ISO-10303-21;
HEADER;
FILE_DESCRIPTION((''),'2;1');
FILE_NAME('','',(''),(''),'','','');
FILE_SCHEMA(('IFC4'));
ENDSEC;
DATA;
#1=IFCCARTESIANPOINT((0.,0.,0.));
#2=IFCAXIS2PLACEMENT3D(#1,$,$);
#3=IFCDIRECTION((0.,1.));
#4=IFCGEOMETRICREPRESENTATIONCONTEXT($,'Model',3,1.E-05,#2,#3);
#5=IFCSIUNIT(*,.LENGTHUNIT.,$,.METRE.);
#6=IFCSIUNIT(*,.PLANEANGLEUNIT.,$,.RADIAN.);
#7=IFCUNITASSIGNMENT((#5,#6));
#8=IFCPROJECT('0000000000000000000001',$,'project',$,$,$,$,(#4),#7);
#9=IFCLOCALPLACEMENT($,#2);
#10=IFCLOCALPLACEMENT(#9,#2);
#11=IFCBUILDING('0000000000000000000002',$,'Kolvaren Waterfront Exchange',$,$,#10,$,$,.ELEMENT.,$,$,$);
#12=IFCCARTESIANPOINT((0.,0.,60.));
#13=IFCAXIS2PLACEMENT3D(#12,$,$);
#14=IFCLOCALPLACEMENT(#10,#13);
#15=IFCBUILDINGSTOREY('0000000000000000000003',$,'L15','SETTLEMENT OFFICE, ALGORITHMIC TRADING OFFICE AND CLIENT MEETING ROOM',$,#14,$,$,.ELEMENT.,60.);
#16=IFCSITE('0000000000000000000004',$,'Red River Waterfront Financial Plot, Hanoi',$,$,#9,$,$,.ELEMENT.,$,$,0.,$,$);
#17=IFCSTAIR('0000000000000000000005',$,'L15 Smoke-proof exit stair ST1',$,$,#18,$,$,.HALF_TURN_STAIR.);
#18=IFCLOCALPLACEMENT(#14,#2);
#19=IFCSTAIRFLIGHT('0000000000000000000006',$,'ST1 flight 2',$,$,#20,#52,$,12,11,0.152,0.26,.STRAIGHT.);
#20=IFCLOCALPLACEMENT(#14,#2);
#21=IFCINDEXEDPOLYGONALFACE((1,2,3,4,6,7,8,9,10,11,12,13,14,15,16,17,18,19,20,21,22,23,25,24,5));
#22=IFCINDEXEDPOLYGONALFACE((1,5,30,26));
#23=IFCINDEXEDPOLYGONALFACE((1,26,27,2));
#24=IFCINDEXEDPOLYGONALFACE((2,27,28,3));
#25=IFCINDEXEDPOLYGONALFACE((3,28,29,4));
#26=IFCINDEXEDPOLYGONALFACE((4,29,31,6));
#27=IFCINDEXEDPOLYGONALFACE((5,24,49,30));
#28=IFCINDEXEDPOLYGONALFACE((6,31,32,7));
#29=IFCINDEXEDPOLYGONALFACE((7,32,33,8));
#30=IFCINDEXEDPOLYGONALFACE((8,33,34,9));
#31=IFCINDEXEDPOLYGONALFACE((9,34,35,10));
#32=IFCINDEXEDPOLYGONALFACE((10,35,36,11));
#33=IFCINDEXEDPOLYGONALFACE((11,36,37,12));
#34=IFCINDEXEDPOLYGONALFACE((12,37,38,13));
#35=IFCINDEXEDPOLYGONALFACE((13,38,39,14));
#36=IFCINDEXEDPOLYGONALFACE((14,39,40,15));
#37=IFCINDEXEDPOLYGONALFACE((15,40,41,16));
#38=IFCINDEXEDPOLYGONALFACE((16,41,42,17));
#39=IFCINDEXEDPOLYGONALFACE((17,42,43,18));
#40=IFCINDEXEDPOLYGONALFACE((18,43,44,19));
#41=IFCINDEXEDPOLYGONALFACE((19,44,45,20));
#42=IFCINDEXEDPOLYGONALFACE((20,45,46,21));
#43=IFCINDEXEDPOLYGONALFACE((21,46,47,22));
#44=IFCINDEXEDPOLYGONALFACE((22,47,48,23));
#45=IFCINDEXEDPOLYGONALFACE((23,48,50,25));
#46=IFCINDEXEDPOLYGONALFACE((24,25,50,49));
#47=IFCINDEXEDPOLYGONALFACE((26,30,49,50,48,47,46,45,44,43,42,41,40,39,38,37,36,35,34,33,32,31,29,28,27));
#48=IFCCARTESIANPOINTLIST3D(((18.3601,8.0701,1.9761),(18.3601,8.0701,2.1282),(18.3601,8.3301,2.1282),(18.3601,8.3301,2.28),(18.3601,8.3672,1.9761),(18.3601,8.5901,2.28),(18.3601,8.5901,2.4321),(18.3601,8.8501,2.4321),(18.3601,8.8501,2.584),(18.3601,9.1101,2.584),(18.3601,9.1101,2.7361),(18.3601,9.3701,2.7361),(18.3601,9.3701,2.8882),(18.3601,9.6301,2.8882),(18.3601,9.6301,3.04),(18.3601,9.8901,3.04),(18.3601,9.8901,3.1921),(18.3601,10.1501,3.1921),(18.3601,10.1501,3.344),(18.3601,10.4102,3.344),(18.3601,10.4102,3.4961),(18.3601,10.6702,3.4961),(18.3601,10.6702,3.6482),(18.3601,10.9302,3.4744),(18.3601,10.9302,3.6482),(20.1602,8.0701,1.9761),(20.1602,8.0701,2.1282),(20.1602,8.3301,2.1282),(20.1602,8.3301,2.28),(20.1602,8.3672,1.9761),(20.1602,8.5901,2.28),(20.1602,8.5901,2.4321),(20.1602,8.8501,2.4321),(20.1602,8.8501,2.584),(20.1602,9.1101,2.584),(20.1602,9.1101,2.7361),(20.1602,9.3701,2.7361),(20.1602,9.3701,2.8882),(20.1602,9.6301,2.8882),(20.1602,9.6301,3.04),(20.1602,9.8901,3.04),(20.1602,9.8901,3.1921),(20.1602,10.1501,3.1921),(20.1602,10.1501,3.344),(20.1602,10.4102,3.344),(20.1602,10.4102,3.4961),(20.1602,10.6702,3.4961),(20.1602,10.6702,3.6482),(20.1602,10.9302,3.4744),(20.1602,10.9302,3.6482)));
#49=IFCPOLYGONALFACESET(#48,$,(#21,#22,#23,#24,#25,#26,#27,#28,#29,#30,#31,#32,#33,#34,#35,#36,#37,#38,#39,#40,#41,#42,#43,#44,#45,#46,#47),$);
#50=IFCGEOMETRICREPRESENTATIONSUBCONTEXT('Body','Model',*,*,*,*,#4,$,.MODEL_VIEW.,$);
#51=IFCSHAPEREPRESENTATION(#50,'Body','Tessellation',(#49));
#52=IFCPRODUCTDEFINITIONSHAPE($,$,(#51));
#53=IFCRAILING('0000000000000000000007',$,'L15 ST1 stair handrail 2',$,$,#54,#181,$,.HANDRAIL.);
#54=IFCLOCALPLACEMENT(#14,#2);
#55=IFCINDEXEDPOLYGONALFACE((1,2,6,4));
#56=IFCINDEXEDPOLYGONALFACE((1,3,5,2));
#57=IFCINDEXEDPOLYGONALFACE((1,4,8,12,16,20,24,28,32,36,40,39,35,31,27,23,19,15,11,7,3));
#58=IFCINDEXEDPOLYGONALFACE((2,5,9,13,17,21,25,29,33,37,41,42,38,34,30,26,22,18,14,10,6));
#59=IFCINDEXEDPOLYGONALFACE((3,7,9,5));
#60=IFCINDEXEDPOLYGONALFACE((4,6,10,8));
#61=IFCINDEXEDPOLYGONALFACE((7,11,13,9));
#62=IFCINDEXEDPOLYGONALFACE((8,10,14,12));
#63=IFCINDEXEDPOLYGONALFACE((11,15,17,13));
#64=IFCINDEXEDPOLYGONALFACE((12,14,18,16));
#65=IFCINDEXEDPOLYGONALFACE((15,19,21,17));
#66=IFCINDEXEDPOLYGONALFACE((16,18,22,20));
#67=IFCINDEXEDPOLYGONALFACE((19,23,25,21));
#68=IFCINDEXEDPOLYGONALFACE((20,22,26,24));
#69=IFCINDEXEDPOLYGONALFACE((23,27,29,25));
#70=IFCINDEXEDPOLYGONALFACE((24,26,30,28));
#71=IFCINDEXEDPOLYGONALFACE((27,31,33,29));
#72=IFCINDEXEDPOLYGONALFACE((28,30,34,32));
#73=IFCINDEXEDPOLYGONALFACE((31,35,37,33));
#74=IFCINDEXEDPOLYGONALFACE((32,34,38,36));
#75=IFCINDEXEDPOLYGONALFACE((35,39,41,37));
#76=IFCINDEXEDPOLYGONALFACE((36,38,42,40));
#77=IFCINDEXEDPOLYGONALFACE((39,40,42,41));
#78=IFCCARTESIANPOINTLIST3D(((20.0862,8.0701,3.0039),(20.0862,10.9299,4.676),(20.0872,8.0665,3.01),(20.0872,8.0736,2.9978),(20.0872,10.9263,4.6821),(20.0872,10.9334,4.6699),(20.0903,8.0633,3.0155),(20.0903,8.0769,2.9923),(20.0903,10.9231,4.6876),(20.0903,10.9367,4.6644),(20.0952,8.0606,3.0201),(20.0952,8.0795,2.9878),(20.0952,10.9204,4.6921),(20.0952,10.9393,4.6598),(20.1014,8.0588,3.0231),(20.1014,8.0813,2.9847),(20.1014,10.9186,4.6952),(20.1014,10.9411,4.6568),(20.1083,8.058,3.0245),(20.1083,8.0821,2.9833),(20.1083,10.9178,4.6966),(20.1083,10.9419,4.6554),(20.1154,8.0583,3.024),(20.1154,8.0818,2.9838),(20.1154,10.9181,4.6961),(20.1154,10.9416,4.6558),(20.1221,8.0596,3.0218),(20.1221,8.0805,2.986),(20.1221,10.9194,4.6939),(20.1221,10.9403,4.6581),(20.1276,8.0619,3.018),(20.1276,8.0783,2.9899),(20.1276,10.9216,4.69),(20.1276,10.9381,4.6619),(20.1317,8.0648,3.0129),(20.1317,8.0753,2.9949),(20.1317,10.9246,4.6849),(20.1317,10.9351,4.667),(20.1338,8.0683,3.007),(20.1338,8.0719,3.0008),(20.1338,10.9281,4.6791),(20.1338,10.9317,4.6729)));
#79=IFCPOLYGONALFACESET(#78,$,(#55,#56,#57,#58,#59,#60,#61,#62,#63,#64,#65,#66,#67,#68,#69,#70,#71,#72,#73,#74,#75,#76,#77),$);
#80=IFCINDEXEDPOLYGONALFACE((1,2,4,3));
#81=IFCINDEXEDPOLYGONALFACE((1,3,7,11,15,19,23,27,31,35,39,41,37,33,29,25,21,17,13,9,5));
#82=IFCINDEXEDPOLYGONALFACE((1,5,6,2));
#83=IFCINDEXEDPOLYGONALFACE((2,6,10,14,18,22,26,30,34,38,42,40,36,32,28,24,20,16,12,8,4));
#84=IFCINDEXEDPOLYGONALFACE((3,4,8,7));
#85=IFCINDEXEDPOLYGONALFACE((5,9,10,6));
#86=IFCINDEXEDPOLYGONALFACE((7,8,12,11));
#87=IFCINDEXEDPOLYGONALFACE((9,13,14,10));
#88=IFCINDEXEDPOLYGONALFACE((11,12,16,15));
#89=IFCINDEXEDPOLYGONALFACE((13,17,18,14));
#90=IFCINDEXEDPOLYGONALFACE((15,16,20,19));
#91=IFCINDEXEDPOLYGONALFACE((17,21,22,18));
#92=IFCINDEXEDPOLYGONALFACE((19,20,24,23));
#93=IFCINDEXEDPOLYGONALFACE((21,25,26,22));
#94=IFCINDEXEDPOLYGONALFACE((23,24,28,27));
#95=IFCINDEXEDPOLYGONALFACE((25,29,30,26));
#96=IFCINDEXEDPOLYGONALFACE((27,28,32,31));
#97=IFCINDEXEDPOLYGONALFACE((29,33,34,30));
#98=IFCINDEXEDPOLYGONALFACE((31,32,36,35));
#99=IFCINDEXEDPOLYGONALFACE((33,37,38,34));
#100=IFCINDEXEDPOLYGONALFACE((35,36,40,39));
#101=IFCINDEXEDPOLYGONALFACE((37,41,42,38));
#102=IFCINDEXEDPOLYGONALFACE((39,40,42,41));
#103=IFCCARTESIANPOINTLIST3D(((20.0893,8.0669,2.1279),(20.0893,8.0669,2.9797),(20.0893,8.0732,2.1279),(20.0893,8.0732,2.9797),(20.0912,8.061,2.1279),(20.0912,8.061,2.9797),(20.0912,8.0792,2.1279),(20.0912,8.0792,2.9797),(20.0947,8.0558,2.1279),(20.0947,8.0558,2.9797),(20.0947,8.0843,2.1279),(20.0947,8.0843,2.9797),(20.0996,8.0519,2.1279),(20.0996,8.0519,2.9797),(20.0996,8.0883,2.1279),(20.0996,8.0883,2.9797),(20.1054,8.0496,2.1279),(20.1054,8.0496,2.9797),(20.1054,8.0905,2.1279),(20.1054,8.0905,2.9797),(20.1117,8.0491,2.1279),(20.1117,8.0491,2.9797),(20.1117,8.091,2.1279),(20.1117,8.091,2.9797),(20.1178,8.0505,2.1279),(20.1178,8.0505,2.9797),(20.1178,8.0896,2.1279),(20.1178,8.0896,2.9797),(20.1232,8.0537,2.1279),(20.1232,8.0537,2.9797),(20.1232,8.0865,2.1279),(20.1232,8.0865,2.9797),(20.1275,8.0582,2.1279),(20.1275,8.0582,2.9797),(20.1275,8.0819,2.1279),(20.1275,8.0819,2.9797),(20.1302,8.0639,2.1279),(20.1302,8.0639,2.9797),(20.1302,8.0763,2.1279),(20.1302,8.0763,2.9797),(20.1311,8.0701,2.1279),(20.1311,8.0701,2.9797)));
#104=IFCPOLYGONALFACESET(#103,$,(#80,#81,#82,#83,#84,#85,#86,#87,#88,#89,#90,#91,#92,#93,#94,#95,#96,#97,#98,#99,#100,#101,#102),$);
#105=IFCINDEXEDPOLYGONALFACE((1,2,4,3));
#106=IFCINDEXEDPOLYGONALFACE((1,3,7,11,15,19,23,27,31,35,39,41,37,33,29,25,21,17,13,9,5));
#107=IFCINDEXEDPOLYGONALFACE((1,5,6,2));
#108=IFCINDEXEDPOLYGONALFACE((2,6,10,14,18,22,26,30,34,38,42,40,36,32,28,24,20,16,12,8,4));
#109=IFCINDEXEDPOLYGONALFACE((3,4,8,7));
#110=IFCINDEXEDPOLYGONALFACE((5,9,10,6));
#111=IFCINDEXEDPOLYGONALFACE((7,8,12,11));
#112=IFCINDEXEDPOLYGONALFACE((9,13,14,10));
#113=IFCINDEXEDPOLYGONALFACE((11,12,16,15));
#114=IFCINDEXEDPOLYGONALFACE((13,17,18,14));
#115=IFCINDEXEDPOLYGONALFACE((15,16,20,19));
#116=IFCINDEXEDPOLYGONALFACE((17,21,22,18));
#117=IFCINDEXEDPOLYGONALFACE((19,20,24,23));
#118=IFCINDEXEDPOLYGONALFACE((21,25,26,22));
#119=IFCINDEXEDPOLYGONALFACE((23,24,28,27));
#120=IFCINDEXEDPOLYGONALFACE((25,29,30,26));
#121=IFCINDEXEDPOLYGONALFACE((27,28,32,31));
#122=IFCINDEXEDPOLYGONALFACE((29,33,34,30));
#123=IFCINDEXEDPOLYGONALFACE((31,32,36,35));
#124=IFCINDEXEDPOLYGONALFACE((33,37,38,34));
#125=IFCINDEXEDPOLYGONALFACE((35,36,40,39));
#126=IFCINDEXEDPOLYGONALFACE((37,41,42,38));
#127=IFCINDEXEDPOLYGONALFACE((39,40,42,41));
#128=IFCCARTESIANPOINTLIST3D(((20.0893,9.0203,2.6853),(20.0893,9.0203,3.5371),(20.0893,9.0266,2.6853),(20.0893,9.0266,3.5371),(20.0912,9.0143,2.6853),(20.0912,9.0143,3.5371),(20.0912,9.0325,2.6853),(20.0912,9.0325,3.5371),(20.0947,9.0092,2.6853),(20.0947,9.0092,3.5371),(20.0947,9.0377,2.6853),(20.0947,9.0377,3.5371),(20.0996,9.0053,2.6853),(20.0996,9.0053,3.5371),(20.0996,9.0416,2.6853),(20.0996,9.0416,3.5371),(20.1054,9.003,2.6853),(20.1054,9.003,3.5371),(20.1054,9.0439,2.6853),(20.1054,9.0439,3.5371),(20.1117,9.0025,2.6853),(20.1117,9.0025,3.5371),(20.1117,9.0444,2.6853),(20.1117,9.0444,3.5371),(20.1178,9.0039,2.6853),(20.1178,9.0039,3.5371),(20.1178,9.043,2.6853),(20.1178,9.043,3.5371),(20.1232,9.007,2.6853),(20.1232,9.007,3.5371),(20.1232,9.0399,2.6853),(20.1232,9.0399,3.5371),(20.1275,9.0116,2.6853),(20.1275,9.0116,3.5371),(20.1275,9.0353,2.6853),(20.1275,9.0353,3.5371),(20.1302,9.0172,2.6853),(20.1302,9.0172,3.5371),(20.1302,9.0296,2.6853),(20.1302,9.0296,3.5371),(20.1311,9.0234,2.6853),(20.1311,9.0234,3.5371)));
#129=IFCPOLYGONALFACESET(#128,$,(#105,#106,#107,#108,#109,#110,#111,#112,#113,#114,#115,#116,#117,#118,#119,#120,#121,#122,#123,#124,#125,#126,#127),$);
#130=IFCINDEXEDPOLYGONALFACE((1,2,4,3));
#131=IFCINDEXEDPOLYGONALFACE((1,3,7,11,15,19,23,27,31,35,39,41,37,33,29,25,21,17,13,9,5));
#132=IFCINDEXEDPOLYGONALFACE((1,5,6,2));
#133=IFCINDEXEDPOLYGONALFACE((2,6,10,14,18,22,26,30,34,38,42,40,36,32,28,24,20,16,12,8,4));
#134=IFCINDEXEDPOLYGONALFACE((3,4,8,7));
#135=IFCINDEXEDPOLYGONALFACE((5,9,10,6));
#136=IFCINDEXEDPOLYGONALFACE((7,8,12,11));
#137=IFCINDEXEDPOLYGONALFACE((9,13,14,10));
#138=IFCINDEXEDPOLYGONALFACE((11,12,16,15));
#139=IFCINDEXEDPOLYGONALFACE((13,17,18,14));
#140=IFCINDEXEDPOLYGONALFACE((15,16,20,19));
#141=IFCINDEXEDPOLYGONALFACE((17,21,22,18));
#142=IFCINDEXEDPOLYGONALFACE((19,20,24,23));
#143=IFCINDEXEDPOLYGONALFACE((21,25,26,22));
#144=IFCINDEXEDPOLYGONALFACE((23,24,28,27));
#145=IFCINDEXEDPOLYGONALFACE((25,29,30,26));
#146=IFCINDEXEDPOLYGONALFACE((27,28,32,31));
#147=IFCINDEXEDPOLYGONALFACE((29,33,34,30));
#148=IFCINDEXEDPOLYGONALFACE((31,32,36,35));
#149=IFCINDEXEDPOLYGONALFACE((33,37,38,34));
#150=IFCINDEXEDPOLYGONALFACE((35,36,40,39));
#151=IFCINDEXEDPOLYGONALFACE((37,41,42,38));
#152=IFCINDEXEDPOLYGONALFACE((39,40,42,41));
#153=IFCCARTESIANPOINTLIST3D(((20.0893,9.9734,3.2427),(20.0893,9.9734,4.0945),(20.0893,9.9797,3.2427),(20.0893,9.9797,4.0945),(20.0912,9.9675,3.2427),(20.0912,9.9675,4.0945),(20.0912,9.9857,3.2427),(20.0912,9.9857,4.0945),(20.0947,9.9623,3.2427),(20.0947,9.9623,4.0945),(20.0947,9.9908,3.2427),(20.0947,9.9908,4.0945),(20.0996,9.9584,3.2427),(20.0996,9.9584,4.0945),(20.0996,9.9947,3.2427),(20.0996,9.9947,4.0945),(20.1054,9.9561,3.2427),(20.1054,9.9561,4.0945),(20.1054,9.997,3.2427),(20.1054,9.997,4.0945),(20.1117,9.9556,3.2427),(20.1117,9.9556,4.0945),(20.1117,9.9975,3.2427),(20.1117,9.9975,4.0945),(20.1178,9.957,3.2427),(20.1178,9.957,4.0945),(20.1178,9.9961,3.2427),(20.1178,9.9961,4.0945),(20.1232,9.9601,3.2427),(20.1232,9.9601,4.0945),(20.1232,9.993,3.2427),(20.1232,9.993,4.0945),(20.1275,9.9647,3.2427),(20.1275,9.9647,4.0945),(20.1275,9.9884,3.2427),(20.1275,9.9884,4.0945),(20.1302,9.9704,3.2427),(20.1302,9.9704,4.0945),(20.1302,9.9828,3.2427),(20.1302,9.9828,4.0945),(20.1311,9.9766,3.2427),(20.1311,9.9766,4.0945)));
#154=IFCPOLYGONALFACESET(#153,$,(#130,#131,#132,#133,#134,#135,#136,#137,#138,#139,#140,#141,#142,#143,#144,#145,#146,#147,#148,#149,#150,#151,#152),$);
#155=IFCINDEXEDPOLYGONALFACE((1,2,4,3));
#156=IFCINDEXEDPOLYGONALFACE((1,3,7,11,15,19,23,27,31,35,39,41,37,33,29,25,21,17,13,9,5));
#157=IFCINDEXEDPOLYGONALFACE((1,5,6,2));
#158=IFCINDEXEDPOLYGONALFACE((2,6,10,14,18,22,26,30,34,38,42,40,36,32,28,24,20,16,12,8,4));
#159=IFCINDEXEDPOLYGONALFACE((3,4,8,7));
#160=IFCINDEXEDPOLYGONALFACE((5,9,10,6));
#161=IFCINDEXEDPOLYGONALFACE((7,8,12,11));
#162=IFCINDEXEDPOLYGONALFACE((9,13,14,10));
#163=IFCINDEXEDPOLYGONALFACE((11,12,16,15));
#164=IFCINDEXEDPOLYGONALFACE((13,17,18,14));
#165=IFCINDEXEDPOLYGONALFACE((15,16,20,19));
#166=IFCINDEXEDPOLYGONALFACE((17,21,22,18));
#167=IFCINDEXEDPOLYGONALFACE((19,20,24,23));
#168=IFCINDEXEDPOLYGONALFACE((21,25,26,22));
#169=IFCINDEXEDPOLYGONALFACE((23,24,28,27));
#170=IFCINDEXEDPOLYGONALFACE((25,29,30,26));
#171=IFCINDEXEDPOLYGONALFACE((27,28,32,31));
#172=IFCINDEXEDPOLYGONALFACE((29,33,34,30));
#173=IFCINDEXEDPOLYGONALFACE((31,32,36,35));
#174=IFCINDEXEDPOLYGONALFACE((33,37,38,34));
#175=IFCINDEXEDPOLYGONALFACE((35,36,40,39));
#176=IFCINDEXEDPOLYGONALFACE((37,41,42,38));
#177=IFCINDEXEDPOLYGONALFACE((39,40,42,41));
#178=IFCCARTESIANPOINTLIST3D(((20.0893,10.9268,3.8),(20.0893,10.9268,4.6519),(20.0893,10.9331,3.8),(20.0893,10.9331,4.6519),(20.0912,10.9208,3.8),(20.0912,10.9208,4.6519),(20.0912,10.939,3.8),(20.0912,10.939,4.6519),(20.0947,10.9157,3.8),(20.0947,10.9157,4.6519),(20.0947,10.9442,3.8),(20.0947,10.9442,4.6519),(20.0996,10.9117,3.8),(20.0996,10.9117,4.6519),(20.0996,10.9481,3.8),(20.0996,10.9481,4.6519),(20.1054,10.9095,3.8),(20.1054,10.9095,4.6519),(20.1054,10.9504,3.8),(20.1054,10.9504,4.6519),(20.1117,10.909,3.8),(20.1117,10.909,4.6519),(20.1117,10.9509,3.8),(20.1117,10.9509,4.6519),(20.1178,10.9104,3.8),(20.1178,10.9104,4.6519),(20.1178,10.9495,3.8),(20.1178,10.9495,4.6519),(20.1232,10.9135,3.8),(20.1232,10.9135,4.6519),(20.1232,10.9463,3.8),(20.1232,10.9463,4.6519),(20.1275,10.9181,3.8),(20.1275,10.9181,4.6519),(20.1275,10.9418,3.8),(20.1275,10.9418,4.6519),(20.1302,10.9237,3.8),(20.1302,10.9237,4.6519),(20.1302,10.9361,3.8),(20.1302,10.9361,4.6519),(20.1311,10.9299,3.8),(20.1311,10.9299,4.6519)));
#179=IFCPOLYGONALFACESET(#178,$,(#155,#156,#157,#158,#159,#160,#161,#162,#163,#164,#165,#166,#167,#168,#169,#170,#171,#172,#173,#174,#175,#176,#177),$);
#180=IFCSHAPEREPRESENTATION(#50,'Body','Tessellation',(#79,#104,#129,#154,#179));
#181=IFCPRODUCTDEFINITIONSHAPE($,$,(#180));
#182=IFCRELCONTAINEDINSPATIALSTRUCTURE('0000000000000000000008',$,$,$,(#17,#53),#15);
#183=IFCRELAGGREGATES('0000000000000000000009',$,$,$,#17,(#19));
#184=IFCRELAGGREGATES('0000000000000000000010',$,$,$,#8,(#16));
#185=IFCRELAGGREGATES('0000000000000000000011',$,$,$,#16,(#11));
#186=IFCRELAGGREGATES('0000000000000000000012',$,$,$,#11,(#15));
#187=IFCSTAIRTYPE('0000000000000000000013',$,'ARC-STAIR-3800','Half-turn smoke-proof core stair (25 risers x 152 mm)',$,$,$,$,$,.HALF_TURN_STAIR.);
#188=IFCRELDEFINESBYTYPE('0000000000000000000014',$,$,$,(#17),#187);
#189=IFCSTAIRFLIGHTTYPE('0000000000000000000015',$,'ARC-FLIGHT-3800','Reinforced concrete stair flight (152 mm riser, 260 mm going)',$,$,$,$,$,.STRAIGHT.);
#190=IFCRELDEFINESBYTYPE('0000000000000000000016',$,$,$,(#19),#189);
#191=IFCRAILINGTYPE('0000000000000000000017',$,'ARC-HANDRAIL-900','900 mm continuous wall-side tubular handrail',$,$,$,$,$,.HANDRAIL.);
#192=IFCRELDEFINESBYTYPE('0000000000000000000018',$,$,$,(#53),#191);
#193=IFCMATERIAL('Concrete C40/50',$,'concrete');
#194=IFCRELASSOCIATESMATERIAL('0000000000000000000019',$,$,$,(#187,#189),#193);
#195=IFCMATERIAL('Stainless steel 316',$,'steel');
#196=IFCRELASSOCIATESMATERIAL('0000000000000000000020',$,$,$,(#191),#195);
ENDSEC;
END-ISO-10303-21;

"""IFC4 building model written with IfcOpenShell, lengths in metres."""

from ifc_helpers import new_model, si_unit, direction, frame, origin, origin_2d, place, context, subcontext, project, spatial, polyline, circle, outline, extrude, material, type_object, element, aggregate, save


model = new_model("IFC4")

# Units and contexts
model_context = context("Model", 3, precision=1e-05, world=origin(), true_north=direction((0.0, 1.0)))
body_context = subcontext(model_context, "Body", "Model", "MODEL_VIEW")
ifc_project = project(units=[si_unit("LENGTHUNIT", "METRE"), si_unit("PLANEANGLEUNIT", "RADIAN")], contexts=[model_context])

# Site, building, storey
site_placement = place(None, origin())
site = spatial("IfcSite", under=ifc_project, at=site_placement, Name="Red River Waterfront Financial Plot, Hanoi", CompositionType="ELEMENT", RefElevation=0.0)
building_placement = place(site_placement, origin())
building = spatial("IfcBuilding", under=site, at=building_placement, Name="Kolvaren Waterfront Exchange", CompositionType="ELEMENT")
storey_placement = place(building_placement, frame((0.0, 0.0, 60.0)))
storey = spatial("IfcBuildingStorey", under=building, at=storey_placement, Name="L15", Description="SETTLEMENT OFFICE, ALGORITHMIC TRADING OFFICE AND CLIENT MEETING ROOM", CompositionType="ELEMENT", Elevation=60.0)

# Shared definitions
ifc_material_1 = material(Name="Concrete C40/50", Category="concrete")

# Stair, stair flight
stair_type = type_object("IfcStairType", Name="ARC-STAIR-3800", Description="Half-turn smoke-proof core stair (25 risers x 152 mm)", PredefinedType="HALF_TURN_STAIR", material=ifc_material_1)
stair_placement = place(storey_placement, origin())
stair = element("IfcStair", 1, at=stair_placement, inside=storey, type_object=stair_type, Name="L15 Smoke-proof exit stair ST1", PredefinedType="HALF_TURN_STAIR")
stair_flight_type = type_object("IfcStairFlightType", Name="ARC-FLIGHT-3800", Description="Reinforced concrete stair flight (152 mm riser, 260 mm going)", PredefinedType="STRAIGHT", material=ifc_material_1)
stair_flight_placement = place(storey_placement, frame((19.26, 8.0701, 1.9761), z_axis=(0.0, 0.0, 1.0), x_axis=(0.0, 1.0, 0.0)))
stair_flight = element("IfcStairFlight", 2, at=stair_flight_placement, type_object=stair_flight_type, Name="ST1 flight 2", NumberOfRisers=12, NumberOfTreads=11, PredefinedType="STRAIGHT", RiserHeight=0.152, TreadLength=0.26, context=body_context, shape_type="SweptSolid", body=[
    extrude(outline(polyline([(0.0, 0.0), (0.0, 0.1521), (0.26, 0.1521), (0.26, 0.304), (0.52, 0.304), (0.52, 0.4561), (0.78, 0.4561), (0.78, 0.6079), (1.04, 0.6079), (1.04, 0.76), (1.3, 0.76), (1.3, 0.9121), (1.5601, 0.9121), (1.5601, 1.064), (1.8201, 1.064), (1.8201, 1.2161), (2.0801, 1.2161), (2.0801, 1.3679), (2.3401, 1.3679), (2.3401, 1.52), (2.6001, 1.52), (2.6001, 1.6721), (2.8601, 1.6721), (2.8601, 1.824), (2.8601, 1.4983), (0.2971, 0.0), (0.0, 0.0)])), frame((0.0, 0.8999, 0.0), z_axis=(0.0, -1.0, 0.0), x_axis=(1.0, 0.0, 0.0)), (0.0, 0.0, 1.0), 1.8),
])
aggregate(stair, [stair_flight])

# Railing
ifc_material_2 = material(Name="Stainless steel 316", Category="steel")
railing_type = type_object("IfcRailingType", Name="ARC-HANDRAIL-900", Description="900 mm continuous wall-side tubular handrail", PredefinedType="HANDRAIL", material=ifc_material_2)
railing_placement = place(storey_placement, frame((20.1101, 8.0701, 2.1279)))
element("IfcRailing", 3, at=railing_placement, inside=storey, type_object=railing_type, Name="L15 ST1 stair handrail 2", PredefinedType="HANDRAIL", context=body_context, shape_type="SweptSolid", body=[
    extrude(circle(Radius=0.0239, at=origin_2d()), frame((0.0, 0.0, 0.876), z_axis=(0.0, 0.863271, 0.504741), x_axis=(-1.0, 0.0, 0.0)), (0.0, 0.0, 1.0), 3.3127),
    extrude(circle(Radius=0.021, at=origin_2d()), origin(), (0.0, 0.0, 1.0), 0.8518),
    extrude(circle(Radius=0.021, at=origin_2d()), frame((0.0, 0.9534, 0.5574)), (0.0, 0.0, 1.0), 0.8518),
    extrude(circle(Radius=0.021, at=origin_2d()), frame((0.0, 1.9065, 1.1147)), (0.0, 0.0, 1.0), 0.8518),
    extrude(circle(Radius=0.021, at=origin_2d()), frame((0.0, 2.8599, 1.6721)), (0.0, 0.0, 1.0), 0.8518),
])

save(model, "model.ifc")
